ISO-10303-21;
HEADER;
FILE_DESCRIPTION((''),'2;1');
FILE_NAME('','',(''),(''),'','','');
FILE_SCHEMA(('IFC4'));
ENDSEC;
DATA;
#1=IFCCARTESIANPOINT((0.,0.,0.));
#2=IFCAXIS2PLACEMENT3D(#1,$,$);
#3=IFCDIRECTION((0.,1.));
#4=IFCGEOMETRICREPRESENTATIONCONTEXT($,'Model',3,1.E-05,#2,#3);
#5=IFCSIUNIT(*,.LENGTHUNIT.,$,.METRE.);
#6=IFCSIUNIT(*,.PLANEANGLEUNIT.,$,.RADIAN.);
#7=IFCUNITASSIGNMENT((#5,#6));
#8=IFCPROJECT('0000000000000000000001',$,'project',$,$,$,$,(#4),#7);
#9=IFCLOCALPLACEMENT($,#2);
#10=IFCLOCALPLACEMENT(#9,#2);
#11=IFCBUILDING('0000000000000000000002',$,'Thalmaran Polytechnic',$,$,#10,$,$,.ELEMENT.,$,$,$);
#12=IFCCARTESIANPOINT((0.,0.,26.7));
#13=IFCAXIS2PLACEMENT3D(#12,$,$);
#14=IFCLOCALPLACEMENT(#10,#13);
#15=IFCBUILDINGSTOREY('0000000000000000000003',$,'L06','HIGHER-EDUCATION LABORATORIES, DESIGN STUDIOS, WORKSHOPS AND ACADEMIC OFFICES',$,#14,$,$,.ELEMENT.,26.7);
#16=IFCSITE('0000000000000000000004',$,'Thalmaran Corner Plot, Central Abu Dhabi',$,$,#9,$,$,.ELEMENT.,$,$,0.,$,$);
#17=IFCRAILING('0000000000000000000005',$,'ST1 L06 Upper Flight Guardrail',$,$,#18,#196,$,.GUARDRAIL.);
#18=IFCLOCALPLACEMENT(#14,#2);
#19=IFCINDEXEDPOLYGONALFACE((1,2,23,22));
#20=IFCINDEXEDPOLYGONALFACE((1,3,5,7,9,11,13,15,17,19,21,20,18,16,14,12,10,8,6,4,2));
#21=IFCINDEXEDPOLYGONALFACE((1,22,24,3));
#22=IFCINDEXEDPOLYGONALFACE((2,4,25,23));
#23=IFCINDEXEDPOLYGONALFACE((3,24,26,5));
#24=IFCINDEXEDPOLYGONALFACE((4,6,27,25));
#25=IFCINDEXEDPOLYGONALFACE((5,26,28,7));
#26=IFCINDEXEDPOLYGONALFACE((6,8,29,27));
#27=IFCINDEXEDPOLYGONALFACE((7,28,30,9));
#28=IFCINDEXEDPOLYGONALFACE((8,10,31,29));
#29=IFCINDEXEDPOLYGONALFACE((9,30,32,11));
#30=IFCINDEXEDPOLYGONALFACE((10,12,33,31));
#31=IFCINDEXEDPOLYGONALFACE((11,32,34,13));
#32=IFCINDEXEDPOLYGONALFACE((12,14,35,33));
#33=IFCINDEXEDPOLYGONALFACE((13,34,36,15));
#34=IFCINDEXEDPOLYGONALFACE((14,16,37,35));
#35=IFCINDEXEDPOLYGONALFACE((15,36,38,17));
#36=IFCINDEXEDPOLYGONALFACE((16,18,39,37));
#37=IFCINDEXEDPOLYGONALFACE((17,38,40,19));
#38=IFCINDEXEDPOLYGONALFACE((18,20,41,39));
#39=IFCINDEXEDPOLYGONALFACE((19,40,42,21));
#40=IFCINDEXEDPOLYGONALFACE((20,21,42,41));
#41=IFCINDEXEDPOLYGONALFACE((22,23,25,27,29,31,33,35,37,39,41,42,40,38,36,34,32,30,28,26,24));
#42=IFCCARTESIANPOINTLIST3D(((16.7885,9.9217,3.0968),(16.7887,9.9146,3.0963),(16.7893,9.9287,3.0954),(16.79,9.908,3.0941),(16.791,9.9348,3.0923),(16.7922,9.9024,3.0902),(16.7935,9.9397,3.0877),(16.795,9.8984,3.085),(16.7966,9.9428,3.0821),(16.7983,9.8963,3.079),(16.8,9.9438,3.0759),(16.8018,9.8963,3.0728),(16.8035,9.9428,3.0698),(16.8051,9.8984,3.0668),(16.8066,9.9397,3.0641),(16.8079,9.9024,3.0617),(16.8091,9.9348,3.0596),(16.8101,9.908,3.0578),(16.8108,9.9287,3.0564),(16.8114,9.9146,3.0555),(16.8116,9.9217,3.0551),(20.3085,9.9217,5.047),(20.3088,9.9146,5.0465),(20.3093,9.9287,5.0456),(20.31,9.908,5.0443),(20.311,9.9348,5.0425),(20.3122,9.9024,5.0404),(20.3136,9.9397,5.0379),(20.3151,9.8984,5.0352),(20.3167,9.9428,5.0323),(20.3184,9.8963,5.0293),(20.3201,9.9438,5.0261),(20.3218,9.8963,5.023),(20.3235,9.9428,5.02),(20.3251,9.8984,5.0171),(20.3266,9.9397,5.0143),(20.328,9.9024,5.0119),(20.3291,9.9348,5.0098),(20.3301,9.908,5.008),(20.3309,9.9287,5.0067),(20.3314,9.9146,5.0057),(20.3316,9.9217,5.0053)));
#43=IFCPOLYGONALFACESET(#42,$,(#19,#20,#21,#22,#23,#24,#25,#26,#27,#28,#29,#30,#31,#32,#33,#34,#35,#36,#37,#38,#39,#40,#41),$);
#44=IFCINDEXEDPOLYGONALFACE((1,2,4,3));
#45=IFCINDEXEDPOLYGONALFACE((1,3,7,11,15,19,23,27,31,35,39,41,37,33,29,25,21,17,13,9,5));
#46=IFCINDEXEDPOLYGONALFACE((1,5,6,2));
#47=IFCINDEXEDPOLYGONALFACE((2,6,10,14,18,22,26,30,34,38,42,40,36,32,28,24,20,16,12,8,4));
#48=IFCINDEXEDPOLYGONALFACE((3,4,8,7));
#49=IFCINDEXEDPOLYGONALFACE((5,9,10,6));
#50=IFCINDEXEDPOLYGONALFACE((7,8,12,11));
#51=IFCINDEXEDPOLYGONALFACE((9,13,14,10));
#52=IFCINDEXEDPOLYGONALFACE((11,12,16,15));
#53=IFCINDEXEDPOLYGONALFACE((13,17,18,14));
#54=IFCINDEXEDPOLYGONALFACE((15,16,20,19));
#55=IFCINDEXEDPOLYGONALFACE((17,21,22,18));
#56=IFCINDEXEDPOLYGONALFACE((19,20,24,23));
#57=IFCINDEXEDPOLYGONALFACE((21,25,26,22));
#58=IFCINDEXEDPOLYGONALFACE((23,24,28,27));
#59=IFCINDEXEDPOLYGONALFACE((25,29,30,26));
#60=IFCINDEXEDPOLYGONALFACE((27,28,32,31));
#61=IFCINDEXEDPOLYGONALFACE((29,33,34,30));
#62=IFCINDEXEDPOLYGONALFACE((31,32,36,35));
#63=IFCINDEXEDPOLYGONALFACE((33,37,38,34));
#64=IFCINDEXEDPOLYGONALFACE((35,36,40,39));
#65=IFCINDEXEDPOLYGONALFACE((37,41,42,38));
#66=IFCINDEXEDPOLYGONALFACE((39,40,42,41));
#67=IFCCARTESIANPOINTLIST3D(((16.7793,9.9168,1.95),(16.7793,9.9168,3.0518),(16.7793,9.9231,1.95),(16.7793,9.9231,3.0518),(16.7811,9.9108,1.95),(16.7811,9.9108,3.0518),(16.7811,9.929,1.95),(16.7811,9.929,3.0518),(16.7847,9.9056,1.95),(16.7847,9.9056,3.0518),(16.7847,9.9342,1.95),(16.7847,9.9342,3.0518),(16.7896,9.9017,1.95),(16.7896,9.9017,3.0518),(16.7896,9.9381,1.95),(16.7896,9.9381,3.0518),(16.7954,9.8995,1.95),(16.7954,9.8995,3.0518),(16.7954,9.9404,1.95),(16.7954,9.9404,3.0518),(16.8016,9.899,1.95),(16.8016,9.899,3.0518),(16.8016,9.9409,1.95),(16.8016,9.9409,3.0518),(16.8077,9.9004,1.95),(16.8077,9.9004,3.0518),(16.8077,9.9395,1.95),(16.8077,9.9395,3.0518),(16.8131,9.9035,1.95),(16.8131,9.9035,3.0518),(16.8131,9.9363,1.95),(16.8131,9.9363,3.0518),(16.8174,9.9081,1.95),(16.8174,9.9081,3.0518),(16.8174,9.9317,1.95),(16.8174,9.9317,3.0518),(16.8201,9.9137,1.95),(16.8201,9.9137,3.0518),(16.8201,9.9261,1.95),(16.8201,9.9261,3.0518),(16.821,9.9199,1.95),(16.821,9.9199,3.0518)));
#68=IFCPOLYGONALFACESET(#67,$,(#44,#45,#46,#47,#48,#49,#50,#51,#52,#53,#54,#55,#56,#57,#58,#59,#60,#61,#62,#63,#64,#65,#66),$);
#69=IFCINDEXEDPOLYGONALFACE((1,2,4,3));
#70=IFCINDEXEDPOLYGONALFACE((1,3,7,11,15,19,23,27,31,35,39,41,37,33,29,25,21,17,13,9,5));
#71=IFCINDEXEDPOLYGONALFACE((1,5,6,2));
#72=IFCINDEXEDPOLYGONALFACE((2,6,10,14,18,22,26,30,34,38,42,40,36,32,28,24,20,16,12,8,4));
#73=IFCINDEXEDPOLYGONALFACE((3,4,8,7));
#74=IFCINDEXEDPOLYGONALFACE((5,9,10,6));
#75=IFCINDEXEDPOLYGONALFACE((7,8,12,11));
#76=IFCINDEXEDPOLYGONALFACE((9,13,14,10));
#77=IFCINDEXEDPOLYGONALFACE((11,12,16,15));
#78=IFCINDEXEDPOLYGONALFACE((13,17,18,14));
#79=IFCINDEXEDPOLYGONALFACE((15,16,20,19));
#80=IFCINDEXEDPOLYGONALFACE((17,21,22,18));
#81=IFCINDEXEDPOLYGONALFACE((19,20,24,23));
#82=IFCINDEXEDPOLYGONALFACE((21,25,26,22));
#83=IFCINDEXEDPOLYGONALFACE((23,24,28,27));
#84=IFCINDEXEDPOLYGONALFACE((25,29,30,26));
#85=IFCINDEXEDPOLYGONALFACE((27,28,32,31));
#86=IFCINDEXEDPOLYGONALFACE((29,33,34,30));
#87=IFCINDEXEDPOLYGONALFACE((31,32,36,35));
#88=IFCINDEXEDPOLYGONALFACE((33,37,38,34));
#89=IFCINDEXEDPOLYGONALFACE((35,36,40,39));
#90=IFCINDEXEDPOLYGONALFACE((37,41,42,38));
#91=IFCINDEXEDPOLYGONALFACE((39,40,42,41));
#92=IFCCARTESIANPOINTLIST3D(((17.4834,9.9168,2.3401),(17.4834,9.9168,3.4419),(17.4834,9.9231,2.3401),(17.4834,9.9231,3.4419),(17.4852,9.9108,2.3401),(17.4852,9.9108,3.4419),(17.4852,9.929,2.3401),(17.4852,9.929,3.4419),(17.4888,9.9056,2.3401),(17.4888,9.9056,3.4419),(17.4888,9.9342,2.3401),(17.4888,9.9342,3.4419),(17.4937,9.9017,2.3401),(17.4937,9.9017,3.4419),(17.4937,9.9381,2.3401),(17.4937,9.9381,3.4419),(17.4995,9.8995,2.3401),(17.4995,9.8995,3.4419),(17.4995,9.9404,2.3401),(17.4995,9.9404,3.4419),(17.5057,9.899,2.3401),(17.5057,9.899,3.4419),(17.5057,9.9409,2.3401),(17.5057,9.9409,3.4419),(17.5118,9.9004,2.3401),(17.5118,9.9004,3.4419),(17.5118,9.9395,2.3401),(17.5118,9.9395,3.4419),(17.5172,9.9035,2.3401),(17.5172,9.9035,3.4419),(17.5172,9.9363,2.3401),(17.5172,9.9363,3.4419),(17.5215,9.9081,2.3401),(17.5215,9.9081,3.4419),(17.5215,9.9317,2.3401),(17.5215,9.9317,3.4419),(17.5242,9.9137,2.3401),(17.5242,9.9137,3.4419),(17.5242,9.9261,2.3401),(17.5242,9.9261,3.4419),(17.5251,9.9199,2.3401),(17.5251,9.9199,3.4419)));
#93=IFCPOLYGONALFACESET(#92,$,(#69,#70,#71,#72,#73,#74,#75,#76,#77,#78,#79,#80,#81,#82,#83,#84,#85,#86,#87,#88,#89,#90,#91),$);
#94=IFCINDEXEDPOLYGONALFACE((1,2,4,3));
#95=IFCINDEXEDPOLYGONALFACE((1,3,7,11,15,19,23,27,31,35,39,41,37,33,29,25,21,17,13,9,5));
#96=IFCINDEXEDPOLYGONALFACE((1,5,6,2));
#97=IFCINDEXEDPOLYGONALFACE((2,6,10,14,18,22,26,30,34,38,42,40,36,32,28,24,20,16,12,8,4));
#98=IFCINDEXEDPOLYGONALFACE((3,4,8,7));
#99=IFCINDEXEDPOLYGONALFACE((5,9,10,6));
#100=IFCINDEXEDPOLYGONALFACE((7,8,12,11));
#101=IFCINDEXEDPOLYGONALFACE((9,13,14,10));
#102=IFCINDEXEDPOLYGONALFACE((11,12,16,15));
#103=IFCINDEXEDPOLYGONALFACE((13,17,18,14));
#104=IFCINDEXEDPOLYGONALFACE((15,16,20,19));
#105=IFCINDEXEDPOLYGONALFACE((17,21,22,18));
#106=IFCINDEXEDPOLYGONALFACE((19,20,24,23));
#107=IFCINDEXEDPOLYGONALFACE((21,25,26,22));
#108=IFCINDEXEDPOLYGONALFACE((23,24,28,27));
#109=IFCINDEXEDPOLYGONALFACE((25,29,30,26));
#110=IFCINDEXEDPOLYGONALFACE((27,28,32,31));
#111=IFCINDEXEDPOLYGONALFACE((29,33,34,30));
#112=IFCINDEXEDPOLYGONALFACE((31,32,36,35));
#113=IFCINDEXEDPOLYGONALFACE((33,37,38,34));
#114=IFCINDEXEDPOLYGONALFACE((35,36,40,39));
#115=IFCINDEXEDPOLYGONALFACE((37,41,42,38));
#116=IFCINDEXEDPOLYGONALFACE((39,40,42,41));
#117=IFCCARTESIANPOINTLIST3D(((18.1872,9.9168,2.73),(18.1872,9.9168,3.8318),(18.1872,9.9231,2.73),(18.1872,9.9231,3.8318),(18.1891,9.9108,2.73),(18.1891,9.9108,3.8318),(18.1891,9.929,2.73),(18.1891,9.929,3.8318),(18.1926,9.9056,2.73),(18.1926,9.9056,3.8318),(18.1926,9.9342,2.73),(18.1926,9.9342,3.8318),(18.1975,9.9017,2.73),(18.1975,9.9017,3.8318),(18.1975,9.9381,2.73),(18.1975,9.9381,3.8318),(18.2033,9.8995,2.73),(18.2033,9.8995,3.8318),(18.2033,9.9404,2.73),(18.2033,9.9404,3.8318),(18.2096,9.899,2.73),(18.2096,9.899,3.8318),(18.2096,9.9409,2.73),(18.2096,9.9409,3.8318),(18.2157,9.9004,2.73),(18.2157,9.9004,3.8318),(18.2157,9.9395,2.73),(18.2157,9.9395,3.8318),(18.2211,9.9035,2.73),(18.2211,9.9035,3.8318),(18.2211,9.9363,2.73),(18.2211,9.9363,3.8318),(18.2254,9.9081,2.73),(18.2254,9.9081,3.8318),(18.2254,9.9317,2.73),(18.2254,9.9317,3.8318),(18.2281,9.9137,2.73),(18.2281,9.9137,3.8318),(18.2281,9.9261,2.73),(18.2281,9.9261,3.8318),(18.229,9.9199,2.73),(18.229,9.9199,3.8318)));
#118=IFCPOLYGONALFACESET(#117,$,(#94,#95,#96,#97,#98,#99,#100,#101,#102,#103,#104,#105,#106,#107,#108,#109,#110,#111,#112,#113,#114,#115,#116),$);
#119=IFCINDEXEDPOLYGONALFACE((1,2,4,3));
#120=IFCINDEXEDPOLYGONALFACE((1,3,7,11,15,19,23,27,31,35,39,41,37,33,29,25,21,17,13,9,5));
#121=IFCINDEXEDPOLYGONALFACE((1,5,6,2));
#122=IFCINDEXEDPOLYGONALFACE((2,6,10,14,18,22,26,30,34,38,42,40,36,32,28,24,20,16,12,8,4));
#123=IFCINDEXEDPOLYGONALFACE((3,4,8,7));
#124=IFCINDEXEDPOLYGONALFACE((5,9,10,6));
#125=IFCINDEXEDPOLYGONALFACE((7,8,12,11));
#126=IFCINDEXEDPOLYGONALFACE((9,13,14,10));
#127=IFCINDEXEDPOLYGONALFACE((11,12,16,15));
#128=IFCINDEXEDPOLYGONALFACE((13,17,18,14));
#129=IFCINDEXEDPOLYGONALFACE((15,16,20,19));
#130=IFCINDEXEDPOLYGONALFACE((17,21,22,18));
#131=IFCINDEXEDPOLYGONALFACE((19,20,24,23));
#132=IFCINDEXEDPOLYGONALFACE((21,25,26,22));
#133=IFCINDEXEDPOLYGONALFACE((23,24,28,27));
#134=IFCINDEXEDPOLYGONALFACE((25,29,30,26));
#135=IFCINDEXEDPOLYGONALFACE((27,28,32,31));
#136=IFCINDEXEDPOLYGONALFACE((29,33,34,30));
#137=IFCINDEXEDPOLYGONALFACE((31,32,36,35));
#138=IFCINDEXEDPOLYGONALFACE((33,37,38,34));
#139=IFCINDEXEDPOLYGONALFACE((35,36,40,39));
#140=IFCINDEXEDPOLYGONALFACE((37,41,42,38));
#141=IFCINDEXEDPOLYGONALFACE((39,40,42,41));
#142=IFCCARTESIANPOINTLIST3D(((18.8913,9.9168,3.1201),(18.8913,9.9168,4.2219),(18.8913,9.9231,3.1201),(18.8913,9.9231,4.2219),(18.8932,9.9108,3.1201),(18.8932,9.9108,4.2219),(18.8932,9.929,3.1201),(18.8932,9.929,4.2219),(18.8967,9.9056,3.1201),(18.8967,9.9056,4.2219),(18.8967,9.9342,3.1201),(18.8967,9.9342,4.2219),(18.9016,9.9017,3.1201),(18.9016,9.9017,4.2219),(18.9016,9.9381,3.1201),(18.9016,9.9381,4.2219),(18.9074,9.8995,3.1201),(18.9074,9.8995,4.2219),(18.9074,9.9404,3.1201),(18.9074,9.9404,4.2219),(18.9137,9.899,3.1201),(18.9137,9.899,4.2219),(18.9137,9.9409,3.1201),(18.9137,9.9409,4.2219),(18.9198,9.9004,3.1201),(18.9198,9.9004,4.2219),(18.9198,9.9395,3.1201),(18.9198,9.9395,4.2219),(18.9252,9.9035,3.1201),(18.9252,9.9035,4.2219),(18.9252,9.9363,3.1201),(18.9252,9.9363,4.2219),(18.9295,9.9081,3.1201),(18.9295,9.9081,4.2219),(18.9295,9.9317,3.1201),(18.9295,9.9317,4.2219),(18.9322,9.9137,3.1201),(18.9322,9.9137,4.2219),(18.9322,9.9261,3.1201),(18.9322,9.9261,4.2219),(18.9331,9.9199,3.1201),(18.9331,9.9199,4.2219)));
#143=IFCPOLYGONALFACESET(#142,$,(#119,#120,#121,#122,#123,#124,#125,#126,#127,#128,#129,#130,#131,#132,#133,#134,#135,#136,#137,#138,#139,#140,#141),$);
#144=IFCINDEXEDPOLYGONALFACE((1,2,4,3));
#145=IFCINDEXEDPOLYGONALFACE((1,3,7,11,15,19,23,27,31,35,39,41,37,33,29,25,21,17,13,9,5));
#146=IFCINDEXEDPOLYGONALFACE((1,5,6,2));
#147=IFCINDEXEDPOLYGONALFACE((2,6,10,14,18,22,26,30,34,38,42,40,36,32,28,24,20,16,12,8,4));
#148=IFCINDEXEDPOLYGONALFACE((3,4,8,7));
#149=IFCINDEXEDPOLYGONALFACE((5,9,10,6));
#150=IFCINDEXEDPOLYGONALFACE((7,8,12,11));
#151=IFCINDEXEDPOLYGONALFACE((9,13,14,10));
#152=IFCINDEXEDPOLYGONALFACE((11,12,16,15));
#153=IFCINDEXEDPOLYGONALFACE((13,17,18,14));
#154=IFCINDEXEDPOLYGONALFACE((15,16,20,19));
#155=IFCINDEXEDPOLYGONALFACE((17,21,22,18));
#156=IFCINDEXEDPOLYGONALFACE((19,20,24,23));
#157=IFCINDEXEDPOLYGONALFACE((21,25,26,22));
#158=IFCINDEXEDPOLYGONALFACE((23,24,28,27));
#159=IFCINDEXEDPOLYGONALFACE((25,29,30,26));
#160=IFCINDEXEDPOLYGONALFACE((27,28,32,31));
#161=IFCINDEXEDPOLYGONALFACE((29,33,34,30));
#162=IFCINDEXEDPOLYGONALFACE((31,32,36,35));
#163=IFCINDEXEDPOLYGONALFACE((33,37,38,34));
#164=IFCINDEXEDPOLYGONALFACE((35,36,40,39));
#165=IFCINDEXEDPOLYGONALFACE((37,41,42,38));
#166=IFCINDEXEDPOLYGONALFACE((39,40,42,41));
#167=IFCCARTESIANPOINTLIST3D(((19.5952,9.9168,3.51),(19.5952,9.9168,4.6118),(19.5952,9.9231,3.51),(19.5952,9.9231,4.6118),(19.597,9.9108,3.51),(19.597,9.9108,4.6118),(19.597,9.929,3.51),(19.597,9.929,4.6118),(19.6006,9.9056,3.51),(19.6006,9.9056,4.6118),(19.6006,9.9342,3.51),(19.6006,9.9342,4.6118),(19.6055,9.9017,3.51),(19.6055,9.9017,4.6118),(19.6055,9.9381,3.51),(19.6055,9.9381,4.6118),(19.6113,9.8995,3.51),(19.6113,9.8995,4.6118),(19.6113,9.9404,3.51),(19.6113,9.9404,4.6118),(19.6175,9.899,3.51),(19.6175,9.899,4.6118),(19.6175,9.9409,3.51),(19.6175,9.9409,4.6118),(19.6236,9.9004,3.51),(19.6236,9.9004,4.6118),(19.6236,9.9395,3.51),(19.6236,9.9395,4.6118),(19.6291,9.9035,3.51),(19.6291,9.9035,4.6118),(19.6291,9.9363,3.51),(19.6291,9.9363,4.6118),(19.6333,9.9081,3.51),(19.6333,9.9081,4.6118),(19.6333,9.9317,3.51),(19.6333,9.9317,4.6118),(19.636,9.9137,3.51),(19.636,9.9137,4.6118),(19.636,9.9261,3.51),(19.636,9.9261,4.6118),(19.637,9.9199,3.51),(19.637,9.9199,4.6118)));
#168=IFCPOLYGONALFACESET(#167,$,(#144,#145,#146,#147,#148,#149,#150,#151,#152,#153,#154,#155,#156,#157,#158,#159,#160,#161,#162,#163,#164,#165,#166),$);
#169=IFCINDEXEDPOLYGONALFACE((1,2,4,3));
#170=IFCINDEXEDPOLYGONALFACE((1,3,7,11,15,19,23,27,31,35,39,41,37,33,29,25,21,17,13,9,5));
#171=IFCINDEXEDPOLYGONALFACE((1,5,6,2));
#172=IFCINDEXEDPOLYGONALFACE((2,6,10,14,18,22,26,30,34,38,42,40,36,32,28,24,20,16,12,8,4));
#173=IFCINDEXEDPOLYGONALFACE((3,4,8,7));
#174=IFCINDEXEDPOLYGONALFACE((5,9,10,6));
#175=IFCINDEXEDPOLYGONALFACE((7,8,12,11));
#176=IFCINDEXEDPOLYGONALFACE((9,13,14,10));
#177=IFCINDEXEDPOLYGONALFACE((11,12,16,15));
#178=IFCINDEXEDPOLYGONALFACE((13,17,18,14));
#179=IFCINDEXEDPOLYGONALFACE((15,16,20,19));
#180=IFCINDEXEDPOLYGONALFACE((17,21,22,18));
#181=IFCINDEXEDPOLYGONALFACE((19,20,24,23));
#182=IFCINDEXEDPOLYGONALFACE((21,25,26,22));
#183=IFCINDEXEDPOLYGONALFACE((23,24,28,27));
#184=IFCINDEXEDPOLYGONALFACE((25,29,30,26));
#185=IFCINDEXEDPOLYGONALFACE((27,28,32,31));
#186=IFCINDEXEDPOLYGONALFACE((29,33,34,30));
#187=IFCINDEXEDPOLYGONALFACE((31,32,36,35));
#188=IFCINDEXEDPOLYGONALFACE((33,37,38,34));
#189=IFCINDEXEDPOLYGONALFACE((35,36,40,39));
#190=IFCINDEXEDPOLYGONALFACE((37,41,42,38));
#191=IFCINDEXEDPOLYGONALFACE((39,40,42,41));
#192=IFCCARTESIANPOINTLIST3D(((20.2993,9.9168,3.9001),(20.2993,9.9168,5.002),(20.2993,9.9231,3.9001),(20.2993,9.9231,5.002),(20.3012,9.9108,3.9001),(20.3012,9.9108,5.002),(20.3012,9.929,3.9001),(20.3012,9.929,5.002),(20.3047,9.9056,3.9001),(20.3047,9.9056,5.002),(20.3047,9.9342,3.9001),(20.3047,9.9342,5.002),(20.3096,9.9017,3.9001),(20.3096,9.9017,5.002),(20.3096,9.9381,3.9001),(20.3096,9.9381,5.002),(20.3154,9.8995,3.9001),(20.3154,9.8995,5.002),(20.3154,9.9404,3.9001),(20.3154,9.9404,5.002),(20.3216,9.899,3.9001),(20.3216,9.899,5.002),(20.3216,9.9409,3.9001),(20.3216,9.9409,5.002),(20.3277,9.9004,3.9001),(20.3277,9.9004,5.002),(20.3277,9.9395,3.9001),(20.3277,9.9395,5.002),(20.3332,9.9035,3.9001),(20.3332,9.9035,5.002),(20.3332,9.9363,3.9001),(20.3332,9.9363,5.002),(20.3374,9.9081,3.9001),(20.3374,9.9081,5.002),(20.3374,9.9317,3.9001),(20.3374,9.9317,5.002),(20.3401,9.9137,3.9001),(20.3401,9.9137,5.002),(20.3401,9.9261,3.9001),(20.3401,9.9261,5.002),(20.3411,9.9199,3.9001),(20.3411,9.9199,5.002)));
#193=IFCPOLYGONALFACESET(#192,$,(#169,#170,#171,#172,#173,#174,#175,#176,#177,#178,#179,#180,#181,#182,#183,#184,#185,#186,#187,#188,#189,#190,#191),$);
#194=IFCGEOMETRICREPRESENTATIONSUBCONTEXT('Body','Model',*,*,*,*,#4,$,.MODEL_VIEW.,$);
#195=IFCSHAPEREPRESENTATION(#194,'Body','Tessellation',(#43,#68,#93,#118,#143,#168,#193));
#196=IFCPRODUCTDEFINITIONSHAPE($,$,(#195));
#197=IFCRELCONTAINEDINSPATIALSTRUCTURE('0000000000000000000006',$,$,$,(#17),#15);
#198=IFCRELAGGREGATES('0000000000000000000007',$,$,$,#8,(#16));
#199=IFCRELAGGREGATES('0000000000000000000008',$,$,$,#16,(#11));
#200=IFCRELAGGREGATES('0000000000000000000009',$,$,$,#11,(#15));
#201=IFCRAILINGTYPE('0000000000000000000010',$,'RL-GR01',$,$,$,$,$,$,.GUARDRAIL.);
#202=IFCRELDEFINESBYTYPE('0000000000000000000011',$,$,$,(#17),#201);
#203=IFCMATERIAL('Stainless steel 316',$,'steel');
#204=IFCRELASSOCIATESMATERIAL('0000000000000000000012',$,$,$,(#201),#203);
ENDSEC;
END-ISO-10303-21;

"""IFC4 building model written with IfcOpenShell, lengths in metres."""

from ifc_helpers import new_model, si_unit, direction, frame, origin, origin_2d, place, context, subcontext, project, spatial, circle, extrude, material, type_object, element, save


model = new_model("IFC4")

# Units and contexts
model_context = context("Model", 3, precision=1e-05, world=origin(), true_north=direction((0.0, 1.0)))
body_context = subcontext(model_context, "Body", "Model", "MODEL_VIEW")
ifc_project = project(units=[si_unit("LENGTHUNIT", "METRE"), si_unit("PLANEANGLEUNIT", "RADIAN")], contexts=[model_context])

# Site, building, storey
site_placement = place(None, origin())
site = spatial("IfcSite", under=ifc_project, at=site_placement, Name="Thalmaran Corner Plot, Central Abu Dhabi", CompositionType="ELEMENT", RefElevation=0.0)
building_placement = place(site_placement, origin())
building = spatial("IfcBuilding", under=site, at=building_placement, Name="Thalmaran Polytechnic", CompositionType="ELEMENT")
storey_placement = place(building_placement, frame((0.0, 0.0, 26.7)))
storey = spatial("IfcBuildingStorey", under=building, at=storey_placement, Name="L06", Description="HIGHER-EDUCATION LABORATORIES, DESIGN STUDIOS, WORKSHOPS AND ACADEMIC OFFICES", CompositionType="ELEMENT", Elevation=26.7)

# Railing
ifc_material_1 = material(Name="Stainless steel 316", Category="steel")
railing_type_1 = type_object("IfcRailingType", Name="RL-GR01", PredefinedType="GUARDRAIL", material=ifc_material_1)
railing_1_placement = place(storey_placement, frame((16.8, 9.9199, 1.95)))
element("IfcRailing", 1, at=railing_1_placement, inside=storey, type_object=railing_type_1, Name="ST1 L06 Upper Flight Guardrail", PredefinedType="GUARDRAIL", context=body_context, shape_type="SweptSolid", body=[
    extrude(circle(Radius=0.0239, at=origin_2d()), frame((0.0, 0.0, 1.126), z_axis=(0.874723, 0.0, 0.484623), x_axis=(0.0, 1.0, 0.0)), (0.0, 0.0, 1.0), 4.0242),
    extrude(circle(Radius=0.021, at=origin_2d()), origin(), (0.0, 0.0, 1.0), 1.1018),
    extrude(circle(Radius=0.021, at=origin_2d()), frame((0.7041, 0.0, 0.3901)), (0.0, 0.0, 1.0), 1.1018),
    extrude(circle(Radius=0.021, at=origin_2d()), frame((1.408, 0.0, 0.78)), (0.0, 0.0, 1.0), 1.1018),
    extrude(circle(Radius=0.021, at=origin_2d()), frame((2.1121, 0.0, 1.1702)), (0.0, 0.0, 1.0), 1.1018),
    extrude(circle(Radius=0.021, at=origin_2d()), frame((2.8159, 0.0, 1.5601)), (0.0, 0.0, 1.0), 1.1018),
    extrude(circle(Radius=0.021, at=origin_2d()), frame((3.52, 0.0, 1.9502)), (0.0, 0.0, 1.0), 1.1018),
])

save(model, "model.ifc")
